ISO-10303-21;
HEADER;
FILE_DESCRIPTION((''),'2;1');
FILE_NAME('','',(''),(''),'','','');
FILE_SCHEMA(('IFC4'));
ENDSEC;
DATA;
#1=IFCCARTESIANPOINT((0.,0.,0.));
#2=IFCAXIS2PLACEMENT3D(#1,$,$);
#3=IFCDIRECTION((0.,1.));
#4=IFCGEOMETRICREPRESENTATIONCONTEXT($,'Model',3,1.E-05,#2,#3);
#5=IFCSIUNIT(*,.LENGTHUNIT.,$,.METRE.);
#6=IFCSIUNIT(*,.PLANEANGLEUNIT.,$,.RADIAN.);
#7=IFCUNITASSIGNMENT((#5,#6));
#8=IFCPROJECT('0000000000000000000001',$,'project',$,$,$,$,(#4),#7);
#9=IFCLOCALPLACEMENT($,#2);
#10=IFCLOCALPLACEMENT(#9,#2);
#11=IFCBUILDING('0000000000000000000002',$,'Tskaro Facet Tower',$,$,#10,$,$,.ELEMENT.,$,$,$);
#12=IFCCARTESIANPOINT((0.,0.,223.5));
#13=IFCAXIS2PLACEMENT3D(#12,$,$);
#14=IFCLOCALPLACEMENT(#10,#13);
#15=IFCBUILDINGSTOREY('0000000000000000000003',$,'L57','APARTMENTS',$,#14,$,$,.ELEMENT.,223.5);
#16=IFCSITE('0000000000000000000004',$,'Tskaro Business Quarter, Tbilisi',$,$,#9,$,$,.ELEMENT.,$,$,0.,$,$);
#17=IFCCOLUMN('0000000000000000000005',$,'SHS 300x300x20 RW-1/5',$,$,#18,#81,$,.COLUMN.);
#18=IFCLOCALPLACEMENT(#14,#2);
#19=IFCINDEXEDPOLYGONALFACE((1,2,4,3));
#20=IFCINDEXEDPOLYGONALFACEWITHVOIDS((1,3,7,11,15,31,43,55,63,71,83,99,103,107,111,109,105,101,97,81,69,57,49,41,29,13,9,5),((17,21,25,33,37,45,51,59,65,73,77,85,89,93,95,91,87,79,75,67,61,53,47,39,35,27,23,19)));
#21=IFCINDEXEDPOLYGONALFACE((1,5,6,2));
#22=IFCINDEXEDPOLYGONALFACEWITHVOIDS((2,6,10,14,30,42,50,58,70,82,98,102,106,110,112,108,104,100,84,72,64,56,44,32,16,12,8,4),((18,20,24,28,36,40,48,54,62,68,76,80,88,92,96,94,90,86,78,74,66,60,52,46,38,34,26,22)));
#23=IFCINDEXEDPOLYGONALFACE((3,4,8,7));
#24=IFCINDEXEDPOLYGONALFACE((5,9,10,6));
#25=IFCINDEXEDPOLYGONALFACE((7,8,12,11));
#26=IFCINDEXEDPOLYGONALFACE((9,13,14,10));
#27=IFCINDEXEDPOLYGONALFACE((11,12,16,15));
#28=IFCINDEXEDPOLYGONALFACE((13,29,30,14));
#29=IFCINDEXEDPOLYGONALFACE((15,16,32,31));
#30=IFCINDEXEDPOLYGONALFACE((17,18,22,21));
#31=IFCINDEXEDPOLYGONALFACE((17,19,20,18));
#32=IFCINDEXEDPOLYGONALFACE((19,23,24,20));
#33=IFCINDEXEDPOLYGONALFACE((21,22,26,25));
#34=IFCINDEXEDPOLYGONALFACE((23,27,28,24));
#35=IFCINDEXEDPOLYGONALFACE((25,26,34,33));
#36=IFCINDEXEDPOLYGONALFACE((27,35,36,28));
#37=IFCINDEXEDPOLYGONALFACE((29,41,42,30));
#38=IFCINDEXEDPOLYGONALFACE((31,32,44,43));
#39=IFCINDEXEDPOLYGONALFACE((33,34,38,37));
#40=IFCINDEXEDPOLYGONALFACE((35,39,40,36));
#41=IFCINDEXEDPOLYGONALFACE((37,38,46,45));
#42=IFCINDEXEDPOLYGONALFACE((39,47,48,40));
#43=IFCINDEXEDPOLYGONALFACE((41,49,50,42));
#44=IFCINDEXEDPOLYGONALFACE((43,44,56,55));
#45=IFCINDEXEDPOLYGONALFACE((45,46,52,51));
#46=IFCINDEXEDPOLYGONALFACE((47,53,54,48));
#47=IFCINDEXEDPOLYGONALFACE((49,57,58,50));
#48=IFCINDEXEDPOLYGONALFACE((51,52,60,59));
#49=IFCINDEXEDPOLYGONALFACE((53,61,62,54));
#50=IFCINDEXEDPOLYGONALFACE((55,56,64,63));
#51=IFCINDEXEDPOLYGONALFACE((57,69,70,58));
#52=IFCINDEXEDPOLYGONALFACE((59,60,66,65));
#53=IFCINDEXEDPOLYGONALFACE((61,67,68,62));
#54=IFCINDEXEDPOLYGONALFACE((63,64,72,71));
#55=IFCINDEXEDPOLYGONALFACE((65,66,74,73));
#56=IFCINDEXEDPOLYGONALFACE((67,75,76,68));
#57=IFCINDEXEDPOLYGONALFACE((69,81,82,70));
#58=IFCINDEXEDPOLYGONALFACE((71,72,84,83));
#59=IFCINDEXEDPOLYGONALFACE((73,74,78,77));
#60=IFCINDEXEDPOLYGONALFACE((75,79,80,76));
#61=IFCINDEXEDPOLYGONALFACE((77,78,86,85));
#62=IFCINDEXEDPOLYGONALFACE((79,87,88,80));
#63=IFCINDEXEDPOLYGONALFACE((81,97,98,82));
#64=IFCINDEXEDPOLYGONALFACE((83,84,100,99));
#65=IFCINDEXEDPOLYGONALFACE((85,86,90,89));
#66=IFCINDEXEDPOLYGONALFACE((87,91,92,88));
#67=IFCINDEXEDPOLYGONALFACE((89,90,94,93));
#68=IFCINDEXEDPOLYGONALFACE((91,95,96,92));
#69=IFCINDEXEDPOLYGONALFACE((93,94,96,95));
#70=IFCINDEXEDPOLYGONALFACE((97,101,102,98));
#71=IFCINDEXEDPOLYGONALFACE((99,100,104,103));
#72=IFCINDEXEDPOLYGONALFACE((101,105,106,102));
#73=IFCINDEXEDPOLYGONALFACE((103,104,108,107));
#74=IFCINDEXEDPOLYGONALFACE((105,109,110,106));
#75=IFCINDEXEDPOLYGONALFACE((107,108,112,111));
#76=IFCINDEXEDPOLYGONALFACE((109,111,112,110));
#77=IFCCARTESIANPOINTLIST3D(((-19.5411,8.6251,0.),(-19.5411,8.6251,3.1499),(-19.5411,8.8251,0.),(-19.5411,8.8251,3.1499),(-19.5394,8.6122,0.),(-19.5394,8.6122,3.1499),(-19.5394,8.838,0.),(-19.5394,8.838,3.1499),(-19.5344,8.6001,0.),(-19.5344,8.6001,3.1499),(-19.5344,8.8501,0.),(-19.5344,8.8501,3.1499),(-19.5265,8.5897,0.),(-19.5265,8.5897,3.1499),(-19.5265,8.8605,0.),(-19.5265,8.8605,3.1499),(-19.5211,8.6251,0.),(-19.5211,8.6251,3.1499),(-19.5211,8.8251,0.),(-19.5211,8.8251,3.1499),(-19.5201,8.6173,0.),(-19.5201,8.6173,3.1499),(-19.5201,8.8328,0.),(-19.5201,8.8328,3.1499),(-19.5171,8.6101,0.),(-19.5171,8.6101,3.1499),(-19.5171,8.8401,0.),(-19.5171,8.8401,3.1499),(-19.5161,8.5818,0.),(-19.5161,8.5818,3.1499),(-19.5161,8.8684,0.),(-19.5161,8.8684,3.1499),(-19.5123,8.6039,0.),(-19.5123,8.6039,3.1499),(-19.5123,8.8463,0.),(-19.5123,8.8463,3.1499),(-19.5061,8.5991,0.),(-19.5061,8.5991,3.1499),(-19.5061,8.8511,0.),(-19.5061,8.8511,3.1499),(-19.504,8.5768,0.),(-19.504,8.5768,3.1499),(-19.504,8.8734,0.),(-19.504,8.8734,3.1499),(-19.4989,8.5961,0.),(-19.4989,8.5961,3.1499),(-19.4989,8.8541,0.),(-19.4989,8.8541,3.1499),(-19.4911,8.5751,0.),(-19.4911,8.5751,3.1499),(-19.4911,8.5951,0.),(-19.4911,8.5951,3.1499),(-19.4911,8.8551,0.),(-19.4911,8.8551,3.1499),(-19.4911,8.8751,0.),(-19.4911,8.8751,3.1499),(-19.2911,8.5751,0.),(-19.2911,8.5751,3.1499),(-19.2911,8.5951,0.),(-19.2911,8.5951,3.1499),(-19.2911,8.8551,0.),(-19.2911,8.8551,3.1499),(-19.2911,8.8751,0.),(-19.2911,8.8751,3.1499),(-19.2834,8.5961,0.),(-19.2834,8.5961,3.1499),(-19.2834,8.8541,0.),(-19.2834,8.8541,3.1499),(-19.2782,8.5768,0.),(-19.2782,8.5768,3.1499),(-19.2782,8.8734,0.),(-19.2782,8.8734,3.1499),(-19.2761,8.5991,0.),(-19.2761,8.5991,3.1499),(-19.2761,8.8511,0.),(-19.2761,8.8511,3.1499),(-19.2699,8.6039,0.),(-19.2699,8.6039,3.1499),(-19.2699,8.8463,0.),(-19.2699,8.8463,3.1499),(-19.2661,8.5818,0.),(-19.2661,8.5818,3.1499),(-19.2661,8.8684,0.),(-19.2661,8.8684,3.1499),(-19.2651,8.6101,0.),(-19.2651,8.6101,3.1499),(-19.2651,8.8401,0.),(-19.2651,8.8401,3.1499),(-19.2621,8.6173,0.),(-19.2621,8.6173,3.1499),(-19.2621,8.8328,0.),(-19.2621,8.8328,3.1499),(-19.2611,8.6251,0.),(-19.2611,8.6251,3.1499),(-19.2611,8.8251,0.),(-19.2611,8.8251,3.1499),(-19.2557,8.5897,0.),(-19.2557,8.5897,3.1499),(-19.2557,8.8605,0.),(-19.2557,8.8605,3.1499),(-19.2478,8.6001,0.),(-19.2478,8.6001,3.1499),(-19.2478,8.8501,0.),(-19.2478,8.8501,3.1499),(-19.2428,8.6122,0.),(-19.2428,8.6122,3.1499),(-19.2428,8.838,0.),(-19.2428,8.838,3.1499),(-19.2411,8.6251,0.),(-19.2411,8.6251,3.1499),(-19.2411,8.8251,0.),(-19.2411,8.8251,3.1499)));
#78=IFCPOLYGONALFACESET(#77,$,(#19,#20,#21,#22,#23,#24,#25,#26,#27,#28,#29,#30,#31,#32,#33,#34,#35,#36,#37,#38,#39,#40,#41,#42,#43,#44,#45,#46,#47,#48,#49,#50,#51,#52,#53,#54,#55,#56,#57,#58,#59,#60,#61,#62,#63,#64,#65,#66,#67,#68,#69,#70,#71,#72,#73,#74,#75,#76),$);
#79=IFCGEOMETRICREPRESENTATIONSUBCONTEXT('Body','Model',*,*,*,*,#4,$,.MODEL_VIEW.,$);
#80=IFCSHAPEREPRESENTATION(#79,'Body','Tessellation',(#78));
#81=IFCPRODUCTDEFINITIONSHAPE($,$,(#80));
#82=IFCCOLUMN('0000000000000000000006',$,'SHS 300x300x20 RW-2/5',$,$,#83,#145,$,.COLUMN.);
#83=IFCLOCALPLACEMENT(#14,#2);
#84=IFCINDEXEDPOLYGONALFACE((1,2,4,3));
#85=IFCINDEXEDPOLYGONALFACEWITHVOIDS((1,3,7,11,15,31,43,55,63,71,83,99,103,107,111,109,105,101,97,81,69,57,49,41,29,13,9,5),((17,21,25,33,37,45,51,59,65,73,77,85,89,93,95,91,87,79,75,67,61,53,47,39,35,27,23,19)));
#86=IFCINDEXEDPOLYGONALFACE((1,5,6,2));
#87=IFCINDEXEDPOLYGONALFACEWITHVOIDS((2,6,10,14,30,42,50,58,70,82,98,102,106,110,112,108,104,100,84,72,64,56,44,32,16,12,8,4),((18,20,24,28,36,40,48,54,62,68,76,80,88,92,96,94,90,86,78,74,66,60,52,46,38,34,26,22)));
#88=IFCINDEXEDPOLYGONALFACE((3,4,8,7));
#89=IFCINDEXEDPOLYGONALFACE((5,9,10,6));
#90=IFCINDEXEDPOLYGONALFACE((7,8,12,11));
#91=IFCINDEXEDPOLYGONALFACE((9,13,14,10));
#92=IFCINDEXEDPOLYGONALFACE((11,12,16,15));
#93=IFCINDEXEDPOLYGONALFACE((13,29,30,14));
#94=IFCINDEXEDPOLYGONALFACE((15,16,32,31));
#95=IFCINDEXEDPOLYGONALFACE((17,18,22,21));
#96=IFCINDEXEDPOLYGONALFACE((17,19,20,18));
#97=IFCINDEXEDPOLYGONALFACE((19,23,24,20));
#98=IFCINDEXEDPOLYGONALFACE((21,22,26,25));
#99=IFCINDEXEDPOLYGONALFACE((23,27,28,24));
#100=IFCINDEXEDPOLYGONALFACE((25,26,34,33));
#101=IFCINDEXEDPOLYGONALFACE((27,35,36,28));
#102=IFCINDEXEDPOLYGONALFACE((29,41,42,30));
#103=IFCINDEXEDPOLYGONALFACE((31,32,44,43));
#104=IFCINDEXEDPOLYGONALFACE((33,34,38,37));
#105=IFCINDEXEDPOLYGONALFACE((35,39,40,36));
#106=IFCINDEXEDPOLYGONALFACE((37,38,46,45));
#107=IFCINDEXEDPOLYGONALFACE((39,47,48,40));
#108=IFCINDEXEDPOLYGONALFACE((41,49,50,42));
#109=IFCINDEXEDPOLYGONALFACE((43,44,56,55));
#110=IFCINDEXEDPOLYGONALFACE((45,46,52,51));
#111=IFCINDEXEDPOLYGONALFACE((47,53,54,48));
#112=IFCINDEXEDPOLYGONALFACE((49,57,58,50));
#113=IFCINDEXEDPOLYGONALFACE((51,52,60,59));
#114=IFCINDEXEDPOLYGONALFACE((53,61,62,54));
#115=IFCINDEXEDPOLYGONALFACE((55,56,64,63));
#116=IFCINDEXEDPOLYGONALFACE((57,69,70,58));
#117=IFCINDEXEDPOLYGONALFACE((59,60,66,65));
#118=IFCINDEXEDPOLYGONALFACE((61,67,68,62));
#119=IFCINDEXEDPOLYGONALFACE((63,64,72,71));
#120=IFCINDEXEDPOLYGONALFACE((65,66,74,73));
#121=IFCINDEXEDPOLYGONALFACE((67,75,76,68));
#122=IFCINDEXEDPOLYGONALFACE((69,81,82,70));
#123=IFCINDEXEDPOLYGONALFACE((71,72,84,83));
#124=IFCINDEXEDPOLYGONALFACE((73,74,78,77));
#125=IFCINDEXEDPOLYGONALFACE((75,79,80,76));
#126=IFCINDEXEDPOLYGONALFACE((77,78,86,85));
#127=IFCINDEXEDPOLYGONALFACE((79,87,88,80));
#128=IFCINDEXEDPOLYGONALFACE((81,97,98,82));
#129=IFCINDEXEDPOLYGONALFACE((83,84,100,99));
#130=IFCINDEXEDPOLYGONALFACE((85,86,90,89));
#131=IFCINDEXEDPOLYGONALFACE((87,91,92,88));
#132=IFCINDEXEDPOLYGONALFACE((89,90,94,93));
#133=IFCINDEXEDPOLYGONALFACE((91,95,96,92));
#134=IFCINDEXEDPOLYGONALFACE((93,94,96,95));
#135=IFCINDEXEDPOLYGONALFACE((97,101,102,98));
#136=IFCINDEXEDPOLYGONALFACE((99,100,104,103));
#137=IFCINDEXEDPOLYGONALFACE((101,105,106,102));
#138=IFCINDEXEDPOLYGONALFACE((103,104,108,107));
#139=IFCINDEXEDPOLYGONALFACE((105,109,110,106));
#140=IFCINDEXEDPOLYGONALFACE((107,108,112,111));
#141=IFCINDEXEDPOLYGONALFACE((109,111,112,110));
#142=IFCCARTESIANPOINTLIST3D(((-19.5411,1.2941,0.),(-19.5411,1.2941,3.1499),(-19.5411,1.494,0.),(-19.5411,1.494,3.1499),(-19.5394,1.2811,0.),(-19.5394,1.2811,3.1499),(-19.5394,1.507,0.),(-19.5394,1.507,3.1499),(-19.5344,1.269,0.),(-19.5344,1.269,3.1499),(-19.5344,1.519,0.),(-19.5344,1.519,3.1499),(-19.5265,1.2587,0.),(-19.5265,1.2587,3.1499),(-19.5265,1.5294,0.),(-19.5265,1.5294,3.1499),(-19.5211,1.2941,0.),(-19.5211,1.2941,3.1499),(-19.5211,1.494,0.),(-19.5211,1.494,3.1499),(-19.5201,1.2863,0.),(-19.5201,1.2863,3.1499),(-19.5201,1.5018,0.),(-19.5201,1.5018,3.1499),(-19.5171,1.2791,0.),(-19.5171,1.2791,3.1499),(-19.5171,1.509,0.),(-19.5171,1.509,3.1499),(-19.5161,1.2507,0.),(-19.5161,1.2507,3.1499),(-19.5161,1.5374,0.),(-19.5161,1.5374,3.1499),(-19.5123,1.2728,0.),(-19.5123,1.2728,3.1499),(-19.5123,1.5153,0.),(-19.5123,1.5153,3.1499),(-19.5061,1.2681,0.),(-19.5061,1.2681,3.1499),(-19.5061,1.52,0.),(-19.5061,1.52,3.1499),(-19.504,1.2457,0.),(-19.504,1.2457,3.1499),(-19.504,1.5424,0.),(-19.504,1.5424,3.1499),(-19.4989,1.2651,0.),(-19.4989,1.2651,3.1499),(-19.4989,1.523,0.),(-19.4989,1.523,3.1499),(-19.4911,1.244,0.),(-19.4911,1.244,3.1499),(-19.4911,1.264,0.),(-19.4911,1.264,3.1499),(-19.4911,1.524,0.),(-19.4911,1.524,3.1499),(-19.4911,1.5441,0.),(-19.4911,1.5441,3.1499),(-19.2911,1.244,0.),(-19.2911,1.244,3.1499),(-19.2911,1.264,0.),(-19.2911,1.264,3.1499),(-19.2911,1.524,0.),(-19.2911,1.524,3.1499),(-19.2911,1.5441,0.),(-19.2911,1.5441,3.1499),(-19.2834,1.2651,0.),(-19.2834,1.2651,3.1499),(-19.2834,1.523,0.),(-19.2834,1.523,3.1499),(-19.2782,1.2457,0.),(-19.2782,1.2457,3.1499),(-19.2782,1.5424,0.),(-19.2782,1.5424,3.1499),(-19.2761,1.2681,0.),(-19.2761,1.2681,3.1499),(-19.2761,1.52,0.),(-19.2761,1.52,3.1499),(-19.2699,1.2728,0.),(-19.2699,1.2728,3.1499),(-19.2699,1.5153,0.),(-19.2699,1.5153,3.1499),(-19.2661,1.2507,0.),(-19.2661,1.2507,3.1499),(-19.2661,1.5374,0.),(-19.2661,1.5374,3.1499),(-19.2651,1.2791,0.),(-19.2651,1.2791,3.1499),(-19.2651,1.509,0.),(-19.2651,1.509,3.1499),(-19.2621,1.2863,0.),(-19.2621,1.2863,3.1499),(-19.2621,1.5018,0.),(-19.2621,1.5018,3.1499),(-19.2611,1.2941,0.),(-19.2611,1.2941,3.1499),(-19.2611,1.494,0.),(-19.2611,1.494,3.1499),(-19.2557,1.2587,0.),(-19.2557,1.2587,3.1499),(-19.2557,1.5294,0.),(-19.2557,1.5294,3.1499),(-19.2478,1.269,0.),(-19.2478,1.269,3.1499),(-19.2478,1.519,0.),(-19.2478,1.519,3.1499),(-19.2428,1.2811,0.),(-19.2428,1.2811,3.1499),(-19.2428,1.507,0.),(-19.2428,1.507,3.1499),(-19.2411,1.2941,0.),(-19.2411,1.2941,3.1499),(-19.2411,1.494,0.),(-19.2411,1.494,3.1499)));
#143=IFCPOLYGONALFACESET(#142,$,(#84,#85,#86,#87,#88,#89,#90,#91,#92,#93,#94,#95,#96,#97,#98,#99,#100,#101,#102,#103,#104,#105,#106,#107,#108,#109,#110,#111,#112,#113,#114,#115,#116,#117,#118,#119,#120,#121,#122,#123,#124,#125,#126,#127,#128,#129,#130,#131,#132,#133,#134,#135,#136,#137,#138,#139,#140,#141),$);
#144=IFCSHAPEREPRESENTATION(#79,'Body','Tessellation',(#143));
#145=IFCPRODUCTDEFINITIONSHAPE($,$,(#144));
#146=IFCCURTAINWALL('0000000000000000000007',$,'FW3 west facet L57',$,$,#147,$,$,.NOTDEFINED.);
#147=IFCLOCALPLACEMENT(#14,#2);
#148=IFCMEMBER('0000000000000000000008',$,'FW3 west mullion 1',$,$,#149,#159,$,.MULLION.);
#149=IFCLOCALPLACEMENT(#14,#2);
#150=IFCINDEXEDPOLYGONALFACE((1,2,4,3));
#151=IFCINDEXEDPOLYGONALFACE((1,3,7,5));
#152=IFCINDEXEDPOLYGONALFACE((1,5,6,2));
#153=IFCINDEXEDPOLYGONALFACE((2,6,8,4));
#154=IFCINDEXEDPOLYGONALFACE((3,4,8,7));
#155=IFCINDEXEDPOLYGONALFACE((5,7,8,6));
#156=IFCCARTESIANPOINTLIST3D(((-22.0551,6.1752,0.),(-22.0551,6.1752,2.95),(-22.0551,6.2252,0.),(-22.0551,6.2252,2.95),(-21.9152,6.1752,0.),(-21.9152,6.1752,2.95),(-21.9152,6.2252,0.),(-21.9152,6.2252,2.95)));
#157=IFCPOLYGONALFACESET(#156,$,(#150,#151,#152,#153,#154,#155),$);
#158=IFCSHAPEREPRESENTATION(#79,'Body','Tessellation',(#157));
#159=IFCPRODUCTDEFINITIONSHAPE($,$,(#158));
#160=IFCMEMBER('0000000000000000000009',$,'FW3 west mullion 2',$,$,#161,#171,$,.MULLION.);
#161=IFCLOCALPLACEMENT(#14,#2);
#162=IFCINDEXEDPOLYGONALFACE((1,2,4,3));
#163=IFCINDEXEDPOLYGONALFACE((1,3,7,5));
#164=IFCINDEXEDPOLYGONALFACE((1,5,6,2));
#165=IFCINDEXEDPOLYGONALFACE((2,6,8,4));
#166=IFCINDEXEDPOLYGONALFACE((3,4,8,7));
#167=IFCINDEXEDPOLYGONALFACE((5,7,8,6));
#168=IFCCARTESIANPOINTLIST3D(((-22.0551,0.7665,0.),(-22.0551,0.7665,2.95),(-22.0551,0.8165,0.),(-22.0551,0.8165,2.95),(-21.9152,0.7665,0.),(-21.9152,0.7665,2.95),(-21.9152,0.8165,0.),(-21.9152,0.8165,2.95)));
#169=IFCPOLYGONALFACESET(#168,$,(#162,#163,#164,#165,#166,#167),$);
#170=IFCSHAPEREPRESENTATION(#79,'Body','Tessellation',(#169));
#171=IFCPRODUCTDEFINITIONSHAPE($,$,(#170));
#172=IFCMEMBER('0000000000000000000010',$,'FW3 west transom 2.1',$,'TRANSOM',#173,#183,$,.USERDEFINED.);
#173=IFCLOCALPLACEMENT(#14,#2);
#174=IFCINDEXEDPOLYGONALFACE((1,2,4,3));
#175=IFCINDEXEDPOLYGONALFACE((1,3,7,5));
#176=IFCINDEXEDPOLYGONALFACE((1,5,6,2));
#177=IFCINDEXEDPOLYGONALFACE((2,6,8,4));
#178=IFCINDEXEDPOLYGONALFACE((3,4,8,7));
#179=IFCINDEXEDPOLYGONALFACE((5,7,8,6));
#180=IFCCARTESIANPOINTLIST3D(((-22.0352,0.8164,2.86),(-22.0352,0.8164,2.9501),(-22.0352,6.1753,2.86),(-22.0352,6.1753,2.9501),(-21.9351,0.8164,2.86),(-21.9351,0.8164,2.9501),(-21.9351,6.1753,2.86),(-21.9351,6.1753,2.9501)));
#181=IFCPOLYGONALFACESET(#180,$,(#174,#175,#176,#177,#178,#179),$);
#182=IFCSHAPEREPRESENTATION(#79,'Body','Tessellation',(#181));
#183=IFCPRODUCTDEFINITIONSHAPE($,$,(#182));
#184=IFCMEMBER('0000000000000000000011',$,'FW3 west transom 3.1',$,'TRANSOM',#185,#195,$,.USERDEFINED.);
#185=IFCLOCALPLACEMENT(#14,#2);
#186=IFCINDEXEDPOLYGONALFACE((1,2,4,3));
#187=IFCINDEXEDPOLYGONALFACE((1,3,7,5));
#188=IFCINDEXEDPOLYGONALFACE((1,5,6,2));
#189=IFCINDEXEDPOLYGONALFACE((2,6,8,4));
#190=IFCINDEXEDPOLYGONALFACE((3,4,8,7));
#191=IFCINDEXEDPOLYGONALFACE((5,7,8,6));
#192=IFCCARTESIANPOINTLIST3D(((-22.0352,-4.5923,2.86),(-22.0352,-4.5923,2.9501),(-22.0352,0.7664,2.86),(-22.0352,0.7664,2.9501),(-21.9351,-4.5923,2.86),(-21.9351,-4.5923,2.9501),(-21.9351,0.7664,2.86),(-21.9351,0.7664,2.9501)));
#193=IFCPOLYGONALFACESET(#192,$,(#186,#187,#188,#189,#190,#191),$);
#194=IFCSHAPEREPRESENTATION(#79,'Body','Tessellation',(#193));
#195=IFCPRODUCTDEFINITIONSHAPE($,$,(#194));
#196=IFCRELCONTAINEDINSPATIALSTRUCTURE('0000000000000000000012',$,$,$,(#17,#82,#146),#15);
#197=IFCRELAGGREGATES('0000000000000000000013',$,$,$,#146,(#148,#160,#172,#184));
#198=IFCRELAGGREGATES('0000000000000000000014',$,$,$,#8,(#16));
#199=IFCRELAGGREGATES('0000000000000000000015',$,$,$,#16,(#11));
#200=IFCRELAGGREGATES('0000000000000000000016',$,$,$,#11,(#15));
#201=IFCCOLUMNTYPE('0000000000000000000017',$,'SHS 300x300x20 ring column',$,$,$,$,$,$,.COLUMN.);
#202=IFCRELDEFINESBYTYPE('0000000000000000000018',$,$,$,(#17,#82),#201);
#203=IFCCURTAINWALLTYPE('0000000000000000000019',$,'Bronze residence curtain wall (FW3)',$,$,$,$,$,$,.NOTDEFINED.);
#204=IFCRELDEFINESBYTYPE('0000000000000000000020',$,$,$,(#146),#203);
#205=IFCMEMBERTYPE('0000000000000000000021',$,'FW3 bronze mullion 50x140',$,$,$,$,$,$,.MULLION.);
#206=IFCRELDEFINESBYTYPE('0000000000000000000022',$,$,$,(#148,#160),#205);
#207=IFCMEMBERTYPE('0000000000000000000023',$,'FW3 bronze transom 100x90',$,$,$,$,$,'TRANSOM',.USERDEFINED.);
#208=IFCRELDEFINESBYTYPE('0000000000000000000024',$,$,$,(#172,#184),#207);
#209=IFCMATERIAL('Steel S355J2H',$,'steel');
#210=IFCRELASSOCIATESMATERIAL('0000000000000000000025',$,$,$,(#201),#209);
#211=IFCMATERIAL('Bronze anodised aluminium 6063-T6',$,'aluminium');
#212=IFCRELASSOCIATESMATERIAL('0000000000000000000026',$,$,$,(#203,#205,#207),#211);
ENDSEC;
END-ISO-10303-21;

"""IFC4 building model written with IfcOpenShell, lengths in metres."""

from ifc_helpers import new_model, si_unit, direction, frame, origin, origin_2d, place, context, subcontext, project, spatial, rectangle, hollow_rectangle, extrude, material, material_profile, profile_set, type_object, element, aggregate, save


model = new_model("IFC4")

# Units and contexts
model_context = context("Model", 3, precision=1e-05, world=origin(), true_north=direction((0.0, 1.0)))
body_context = subcontext(model_context, "Body", "Model", "MODEL_VIEW")
ifc_project = project(units=[si_unit("LENGTHUNIT", "METRE"), si_unit("PLANEANGLEUNIT", "RADIAN")], contexts=[model_context])

# Site, building, storey
site_placement = place(None, origin())
site = spatial("IfcSite", under=ifc_project, at=site_placement, Name="Tskaro Business Quarter, Tbilisi", CompositionType="ELEMENT", RefElevation=0.0)
building_placement = place(site_placement, origin())
building = spatial("IfcBuilding", under=site, at=building_placement, Name="Tskaro Facet Tower", CompositionType="ELEMENT")
storey_placement = place(building_placement, frame((0.0, 0.0, 223.5)))
storey = spatial("IfcBuildingStorey", under=building, at=storey_placement, Name="L57", Description="APARTMENTS", CompositionType="ELEMENT", Elevation=223.5)

# Columns
ifc_material_1 = material(Name="Steel S355J2H", Category="steel")
ifc_material_profile_1 = material_profile(ifc_material_1, hollow_rectangle(XDim=0.3, YDim=0.3, WallThickness=0.02, InnerFilletRadius=0.03, OuterFilletRadius=0.05, at=origin_2d()), Name="SHS 300x300x20")
ifc_profile_set_1 = profile_set([ifc_material_profile_1], Name="Steel S355J2H")
column_type = type_object("IfcColumnType", Name="SHS 300x300x20 ring column", PredefinedType="COLUMN", material=ifc_profile_set_1)
for number, where, z_axis, x_axis, name in (
    (1, (-19.3911, 8.7251, 0.0), (0.0, 0.0, 1.0), (1.0, 0.0, 0.0), "SHS 300x300x20 RW-1/5"),
    (2, (-19.3911, 1.394, 0.0), (0.0, 0.0, 1.0), (1.0, 0.0, 0.0), "SHS 300x300x20 RW-2/5"),
):
    element("IfcColumn", number, at=place(storey_placement, frame(where, z_axis=z_axis, x_axis=x_axis)), inside=storey, type_object=column_type, Name=name, PredefinedType="COLUMN", context=body_context, shape_type="SweptSolid", body=[
        extrude(hollow_rectangle(XDim=0.3, YDim=0.3, WallThickness=0.02, InnerFilletRadius=0.03, OuterFilletRadius=0.05, at=origin_2d()), origin(), (0.0, 0.0, 1.0), 3.1499),
    ])

# Curtain wall, members
ifc_material_2 = material(Name="Bronze anodised aluminium 6063-T6", Category="aluminium")
curtain_wall_type = type_object("IfcCurtainWallType", Name="Bronze residence curtain wall (FW3)", PredefinedType="NOTDEFINED", material=ifc_material_2)
curtain_wall_placement = place(storey_placement, origin())
curtain_wall = element("IfcCurtainWall", 3, at=curtain_wall_placement, inside=storey, type_object=curtain_wall_type, Name="FW3 west facet L57", PredefinedType="NOTDEFINED")
ifc_material_profile_2 = material_profile(ifc_material_2, rectangle(XDim=0.05, YDim=0.1399, at=origin_2d()), Name="Mullion 50x140")
ifc_profile_set_2 = profile_set([ifc_material_profile_2], Name="Bronze anodised aluminium 6063-T6")
member_type_1 = type_object("IfcMemberType", Name="FW3 bronze mullion 50x140", PredefinedType="MULLION", material=ifc_profile_set_2)
member_1_placement = place(storey_placement, frame((-21.9851, 6.2002, 0.0), z_axis=(0.0, 0.0, 1.0), x_axis=(0.0, -1.0, 0.0)))
member_1 = element("IfcMember", 4, at=member_1_placement, type_object=member_type_1, Name="FW3 west mullion 1", PredefinedType="MULLION", context=body_context, shape_type="SweptSolid", body=[
    extrude(rectangle(XDim=0.05, YDim=0.1399, at=origin_2d()), origin(), (0.0, 0.0, 1.0), 2.95),
])
member_2_placement = place(storey_placement, frame((-21.9851, 0.7915, 0.0), z_axis=(0.0, 0.0, 1.0), x_axis=(0.0, -1.0, 0.0)))
member_2 = element("IfcMember", 5, at=member_2_placement, type_object=member_type_1, Name="FW3 west mullion 2", PredefinedType="MULLION", context=body_context, shape_type="SweptSolid", body=[
    extrude(rectangle(XDim=0.05, YDim=0.1399, at=origin_2d()), origin(), (0.0, 0.0, 1.0), 2.95),
])
ifc_material_profile_3 = material_profile(ifc_material_2, rectangle(XDim=0.1001, YDim=0.0901, at=origin_2d()), Name="Transom 100x90")
ifc_profile_set_3 = profile_set([ifc_material_profile_3], Name="Bronze anodised aluminium 6063-T6")
member_type_2 = type_object("IfcMemberType", Name="FW3 bronze transom 100x90", ElementType="TRANSOM", PredefinedType="USERDEFINED", material=ifc_profile_set_3)
member_3_placement = place(storey_placement, frame((-21.9851, 6.1753, 2.905), z_axis=(0.0, -1.0, 0.0), x_axis=(1.0, 0.0, 0.0)))
member_3 = element("IfcMember", 6, at=member_3_placement, type_object=member_type_2, Name="FW3 west transom 2.1", ObjectType="TRANSOM", PredefinedType="USERDEFINED", context=body_context, shape_type="SweptSolid", body=[
    extrude(rectangle(XDim=0.1001, YDim=0.0901, at=origin_2d()), origin(), (0.0, 0.0, 1.0), 5.3589),
])
member_4_placement = place(storey_placement, frame((-21.9851, 0.7664, 2.905), z_axis=(0.0, -1.0, 0.0), x_axis=(1.0, 0.0, 0.0)))
member_4 = element("IfcMember", 7, at=member_4_placement, type_object=member_type_2, Name="FW3 west transom 3.1", ObjectType="TRANSOM", PredefinedType="USERDEFINED", context=body_context, shape_type="SweptSolid", body=[
    extrude(rectangle(XDim=0.1001, YDim=0.0901, at=origin_2d()), origin(), (0.0, 0.0, 1.0), 5.3586),
])

aggregate(curtain_wall, [member_1, member_2, member_3, member_4])

save(model, "model.ifc")
